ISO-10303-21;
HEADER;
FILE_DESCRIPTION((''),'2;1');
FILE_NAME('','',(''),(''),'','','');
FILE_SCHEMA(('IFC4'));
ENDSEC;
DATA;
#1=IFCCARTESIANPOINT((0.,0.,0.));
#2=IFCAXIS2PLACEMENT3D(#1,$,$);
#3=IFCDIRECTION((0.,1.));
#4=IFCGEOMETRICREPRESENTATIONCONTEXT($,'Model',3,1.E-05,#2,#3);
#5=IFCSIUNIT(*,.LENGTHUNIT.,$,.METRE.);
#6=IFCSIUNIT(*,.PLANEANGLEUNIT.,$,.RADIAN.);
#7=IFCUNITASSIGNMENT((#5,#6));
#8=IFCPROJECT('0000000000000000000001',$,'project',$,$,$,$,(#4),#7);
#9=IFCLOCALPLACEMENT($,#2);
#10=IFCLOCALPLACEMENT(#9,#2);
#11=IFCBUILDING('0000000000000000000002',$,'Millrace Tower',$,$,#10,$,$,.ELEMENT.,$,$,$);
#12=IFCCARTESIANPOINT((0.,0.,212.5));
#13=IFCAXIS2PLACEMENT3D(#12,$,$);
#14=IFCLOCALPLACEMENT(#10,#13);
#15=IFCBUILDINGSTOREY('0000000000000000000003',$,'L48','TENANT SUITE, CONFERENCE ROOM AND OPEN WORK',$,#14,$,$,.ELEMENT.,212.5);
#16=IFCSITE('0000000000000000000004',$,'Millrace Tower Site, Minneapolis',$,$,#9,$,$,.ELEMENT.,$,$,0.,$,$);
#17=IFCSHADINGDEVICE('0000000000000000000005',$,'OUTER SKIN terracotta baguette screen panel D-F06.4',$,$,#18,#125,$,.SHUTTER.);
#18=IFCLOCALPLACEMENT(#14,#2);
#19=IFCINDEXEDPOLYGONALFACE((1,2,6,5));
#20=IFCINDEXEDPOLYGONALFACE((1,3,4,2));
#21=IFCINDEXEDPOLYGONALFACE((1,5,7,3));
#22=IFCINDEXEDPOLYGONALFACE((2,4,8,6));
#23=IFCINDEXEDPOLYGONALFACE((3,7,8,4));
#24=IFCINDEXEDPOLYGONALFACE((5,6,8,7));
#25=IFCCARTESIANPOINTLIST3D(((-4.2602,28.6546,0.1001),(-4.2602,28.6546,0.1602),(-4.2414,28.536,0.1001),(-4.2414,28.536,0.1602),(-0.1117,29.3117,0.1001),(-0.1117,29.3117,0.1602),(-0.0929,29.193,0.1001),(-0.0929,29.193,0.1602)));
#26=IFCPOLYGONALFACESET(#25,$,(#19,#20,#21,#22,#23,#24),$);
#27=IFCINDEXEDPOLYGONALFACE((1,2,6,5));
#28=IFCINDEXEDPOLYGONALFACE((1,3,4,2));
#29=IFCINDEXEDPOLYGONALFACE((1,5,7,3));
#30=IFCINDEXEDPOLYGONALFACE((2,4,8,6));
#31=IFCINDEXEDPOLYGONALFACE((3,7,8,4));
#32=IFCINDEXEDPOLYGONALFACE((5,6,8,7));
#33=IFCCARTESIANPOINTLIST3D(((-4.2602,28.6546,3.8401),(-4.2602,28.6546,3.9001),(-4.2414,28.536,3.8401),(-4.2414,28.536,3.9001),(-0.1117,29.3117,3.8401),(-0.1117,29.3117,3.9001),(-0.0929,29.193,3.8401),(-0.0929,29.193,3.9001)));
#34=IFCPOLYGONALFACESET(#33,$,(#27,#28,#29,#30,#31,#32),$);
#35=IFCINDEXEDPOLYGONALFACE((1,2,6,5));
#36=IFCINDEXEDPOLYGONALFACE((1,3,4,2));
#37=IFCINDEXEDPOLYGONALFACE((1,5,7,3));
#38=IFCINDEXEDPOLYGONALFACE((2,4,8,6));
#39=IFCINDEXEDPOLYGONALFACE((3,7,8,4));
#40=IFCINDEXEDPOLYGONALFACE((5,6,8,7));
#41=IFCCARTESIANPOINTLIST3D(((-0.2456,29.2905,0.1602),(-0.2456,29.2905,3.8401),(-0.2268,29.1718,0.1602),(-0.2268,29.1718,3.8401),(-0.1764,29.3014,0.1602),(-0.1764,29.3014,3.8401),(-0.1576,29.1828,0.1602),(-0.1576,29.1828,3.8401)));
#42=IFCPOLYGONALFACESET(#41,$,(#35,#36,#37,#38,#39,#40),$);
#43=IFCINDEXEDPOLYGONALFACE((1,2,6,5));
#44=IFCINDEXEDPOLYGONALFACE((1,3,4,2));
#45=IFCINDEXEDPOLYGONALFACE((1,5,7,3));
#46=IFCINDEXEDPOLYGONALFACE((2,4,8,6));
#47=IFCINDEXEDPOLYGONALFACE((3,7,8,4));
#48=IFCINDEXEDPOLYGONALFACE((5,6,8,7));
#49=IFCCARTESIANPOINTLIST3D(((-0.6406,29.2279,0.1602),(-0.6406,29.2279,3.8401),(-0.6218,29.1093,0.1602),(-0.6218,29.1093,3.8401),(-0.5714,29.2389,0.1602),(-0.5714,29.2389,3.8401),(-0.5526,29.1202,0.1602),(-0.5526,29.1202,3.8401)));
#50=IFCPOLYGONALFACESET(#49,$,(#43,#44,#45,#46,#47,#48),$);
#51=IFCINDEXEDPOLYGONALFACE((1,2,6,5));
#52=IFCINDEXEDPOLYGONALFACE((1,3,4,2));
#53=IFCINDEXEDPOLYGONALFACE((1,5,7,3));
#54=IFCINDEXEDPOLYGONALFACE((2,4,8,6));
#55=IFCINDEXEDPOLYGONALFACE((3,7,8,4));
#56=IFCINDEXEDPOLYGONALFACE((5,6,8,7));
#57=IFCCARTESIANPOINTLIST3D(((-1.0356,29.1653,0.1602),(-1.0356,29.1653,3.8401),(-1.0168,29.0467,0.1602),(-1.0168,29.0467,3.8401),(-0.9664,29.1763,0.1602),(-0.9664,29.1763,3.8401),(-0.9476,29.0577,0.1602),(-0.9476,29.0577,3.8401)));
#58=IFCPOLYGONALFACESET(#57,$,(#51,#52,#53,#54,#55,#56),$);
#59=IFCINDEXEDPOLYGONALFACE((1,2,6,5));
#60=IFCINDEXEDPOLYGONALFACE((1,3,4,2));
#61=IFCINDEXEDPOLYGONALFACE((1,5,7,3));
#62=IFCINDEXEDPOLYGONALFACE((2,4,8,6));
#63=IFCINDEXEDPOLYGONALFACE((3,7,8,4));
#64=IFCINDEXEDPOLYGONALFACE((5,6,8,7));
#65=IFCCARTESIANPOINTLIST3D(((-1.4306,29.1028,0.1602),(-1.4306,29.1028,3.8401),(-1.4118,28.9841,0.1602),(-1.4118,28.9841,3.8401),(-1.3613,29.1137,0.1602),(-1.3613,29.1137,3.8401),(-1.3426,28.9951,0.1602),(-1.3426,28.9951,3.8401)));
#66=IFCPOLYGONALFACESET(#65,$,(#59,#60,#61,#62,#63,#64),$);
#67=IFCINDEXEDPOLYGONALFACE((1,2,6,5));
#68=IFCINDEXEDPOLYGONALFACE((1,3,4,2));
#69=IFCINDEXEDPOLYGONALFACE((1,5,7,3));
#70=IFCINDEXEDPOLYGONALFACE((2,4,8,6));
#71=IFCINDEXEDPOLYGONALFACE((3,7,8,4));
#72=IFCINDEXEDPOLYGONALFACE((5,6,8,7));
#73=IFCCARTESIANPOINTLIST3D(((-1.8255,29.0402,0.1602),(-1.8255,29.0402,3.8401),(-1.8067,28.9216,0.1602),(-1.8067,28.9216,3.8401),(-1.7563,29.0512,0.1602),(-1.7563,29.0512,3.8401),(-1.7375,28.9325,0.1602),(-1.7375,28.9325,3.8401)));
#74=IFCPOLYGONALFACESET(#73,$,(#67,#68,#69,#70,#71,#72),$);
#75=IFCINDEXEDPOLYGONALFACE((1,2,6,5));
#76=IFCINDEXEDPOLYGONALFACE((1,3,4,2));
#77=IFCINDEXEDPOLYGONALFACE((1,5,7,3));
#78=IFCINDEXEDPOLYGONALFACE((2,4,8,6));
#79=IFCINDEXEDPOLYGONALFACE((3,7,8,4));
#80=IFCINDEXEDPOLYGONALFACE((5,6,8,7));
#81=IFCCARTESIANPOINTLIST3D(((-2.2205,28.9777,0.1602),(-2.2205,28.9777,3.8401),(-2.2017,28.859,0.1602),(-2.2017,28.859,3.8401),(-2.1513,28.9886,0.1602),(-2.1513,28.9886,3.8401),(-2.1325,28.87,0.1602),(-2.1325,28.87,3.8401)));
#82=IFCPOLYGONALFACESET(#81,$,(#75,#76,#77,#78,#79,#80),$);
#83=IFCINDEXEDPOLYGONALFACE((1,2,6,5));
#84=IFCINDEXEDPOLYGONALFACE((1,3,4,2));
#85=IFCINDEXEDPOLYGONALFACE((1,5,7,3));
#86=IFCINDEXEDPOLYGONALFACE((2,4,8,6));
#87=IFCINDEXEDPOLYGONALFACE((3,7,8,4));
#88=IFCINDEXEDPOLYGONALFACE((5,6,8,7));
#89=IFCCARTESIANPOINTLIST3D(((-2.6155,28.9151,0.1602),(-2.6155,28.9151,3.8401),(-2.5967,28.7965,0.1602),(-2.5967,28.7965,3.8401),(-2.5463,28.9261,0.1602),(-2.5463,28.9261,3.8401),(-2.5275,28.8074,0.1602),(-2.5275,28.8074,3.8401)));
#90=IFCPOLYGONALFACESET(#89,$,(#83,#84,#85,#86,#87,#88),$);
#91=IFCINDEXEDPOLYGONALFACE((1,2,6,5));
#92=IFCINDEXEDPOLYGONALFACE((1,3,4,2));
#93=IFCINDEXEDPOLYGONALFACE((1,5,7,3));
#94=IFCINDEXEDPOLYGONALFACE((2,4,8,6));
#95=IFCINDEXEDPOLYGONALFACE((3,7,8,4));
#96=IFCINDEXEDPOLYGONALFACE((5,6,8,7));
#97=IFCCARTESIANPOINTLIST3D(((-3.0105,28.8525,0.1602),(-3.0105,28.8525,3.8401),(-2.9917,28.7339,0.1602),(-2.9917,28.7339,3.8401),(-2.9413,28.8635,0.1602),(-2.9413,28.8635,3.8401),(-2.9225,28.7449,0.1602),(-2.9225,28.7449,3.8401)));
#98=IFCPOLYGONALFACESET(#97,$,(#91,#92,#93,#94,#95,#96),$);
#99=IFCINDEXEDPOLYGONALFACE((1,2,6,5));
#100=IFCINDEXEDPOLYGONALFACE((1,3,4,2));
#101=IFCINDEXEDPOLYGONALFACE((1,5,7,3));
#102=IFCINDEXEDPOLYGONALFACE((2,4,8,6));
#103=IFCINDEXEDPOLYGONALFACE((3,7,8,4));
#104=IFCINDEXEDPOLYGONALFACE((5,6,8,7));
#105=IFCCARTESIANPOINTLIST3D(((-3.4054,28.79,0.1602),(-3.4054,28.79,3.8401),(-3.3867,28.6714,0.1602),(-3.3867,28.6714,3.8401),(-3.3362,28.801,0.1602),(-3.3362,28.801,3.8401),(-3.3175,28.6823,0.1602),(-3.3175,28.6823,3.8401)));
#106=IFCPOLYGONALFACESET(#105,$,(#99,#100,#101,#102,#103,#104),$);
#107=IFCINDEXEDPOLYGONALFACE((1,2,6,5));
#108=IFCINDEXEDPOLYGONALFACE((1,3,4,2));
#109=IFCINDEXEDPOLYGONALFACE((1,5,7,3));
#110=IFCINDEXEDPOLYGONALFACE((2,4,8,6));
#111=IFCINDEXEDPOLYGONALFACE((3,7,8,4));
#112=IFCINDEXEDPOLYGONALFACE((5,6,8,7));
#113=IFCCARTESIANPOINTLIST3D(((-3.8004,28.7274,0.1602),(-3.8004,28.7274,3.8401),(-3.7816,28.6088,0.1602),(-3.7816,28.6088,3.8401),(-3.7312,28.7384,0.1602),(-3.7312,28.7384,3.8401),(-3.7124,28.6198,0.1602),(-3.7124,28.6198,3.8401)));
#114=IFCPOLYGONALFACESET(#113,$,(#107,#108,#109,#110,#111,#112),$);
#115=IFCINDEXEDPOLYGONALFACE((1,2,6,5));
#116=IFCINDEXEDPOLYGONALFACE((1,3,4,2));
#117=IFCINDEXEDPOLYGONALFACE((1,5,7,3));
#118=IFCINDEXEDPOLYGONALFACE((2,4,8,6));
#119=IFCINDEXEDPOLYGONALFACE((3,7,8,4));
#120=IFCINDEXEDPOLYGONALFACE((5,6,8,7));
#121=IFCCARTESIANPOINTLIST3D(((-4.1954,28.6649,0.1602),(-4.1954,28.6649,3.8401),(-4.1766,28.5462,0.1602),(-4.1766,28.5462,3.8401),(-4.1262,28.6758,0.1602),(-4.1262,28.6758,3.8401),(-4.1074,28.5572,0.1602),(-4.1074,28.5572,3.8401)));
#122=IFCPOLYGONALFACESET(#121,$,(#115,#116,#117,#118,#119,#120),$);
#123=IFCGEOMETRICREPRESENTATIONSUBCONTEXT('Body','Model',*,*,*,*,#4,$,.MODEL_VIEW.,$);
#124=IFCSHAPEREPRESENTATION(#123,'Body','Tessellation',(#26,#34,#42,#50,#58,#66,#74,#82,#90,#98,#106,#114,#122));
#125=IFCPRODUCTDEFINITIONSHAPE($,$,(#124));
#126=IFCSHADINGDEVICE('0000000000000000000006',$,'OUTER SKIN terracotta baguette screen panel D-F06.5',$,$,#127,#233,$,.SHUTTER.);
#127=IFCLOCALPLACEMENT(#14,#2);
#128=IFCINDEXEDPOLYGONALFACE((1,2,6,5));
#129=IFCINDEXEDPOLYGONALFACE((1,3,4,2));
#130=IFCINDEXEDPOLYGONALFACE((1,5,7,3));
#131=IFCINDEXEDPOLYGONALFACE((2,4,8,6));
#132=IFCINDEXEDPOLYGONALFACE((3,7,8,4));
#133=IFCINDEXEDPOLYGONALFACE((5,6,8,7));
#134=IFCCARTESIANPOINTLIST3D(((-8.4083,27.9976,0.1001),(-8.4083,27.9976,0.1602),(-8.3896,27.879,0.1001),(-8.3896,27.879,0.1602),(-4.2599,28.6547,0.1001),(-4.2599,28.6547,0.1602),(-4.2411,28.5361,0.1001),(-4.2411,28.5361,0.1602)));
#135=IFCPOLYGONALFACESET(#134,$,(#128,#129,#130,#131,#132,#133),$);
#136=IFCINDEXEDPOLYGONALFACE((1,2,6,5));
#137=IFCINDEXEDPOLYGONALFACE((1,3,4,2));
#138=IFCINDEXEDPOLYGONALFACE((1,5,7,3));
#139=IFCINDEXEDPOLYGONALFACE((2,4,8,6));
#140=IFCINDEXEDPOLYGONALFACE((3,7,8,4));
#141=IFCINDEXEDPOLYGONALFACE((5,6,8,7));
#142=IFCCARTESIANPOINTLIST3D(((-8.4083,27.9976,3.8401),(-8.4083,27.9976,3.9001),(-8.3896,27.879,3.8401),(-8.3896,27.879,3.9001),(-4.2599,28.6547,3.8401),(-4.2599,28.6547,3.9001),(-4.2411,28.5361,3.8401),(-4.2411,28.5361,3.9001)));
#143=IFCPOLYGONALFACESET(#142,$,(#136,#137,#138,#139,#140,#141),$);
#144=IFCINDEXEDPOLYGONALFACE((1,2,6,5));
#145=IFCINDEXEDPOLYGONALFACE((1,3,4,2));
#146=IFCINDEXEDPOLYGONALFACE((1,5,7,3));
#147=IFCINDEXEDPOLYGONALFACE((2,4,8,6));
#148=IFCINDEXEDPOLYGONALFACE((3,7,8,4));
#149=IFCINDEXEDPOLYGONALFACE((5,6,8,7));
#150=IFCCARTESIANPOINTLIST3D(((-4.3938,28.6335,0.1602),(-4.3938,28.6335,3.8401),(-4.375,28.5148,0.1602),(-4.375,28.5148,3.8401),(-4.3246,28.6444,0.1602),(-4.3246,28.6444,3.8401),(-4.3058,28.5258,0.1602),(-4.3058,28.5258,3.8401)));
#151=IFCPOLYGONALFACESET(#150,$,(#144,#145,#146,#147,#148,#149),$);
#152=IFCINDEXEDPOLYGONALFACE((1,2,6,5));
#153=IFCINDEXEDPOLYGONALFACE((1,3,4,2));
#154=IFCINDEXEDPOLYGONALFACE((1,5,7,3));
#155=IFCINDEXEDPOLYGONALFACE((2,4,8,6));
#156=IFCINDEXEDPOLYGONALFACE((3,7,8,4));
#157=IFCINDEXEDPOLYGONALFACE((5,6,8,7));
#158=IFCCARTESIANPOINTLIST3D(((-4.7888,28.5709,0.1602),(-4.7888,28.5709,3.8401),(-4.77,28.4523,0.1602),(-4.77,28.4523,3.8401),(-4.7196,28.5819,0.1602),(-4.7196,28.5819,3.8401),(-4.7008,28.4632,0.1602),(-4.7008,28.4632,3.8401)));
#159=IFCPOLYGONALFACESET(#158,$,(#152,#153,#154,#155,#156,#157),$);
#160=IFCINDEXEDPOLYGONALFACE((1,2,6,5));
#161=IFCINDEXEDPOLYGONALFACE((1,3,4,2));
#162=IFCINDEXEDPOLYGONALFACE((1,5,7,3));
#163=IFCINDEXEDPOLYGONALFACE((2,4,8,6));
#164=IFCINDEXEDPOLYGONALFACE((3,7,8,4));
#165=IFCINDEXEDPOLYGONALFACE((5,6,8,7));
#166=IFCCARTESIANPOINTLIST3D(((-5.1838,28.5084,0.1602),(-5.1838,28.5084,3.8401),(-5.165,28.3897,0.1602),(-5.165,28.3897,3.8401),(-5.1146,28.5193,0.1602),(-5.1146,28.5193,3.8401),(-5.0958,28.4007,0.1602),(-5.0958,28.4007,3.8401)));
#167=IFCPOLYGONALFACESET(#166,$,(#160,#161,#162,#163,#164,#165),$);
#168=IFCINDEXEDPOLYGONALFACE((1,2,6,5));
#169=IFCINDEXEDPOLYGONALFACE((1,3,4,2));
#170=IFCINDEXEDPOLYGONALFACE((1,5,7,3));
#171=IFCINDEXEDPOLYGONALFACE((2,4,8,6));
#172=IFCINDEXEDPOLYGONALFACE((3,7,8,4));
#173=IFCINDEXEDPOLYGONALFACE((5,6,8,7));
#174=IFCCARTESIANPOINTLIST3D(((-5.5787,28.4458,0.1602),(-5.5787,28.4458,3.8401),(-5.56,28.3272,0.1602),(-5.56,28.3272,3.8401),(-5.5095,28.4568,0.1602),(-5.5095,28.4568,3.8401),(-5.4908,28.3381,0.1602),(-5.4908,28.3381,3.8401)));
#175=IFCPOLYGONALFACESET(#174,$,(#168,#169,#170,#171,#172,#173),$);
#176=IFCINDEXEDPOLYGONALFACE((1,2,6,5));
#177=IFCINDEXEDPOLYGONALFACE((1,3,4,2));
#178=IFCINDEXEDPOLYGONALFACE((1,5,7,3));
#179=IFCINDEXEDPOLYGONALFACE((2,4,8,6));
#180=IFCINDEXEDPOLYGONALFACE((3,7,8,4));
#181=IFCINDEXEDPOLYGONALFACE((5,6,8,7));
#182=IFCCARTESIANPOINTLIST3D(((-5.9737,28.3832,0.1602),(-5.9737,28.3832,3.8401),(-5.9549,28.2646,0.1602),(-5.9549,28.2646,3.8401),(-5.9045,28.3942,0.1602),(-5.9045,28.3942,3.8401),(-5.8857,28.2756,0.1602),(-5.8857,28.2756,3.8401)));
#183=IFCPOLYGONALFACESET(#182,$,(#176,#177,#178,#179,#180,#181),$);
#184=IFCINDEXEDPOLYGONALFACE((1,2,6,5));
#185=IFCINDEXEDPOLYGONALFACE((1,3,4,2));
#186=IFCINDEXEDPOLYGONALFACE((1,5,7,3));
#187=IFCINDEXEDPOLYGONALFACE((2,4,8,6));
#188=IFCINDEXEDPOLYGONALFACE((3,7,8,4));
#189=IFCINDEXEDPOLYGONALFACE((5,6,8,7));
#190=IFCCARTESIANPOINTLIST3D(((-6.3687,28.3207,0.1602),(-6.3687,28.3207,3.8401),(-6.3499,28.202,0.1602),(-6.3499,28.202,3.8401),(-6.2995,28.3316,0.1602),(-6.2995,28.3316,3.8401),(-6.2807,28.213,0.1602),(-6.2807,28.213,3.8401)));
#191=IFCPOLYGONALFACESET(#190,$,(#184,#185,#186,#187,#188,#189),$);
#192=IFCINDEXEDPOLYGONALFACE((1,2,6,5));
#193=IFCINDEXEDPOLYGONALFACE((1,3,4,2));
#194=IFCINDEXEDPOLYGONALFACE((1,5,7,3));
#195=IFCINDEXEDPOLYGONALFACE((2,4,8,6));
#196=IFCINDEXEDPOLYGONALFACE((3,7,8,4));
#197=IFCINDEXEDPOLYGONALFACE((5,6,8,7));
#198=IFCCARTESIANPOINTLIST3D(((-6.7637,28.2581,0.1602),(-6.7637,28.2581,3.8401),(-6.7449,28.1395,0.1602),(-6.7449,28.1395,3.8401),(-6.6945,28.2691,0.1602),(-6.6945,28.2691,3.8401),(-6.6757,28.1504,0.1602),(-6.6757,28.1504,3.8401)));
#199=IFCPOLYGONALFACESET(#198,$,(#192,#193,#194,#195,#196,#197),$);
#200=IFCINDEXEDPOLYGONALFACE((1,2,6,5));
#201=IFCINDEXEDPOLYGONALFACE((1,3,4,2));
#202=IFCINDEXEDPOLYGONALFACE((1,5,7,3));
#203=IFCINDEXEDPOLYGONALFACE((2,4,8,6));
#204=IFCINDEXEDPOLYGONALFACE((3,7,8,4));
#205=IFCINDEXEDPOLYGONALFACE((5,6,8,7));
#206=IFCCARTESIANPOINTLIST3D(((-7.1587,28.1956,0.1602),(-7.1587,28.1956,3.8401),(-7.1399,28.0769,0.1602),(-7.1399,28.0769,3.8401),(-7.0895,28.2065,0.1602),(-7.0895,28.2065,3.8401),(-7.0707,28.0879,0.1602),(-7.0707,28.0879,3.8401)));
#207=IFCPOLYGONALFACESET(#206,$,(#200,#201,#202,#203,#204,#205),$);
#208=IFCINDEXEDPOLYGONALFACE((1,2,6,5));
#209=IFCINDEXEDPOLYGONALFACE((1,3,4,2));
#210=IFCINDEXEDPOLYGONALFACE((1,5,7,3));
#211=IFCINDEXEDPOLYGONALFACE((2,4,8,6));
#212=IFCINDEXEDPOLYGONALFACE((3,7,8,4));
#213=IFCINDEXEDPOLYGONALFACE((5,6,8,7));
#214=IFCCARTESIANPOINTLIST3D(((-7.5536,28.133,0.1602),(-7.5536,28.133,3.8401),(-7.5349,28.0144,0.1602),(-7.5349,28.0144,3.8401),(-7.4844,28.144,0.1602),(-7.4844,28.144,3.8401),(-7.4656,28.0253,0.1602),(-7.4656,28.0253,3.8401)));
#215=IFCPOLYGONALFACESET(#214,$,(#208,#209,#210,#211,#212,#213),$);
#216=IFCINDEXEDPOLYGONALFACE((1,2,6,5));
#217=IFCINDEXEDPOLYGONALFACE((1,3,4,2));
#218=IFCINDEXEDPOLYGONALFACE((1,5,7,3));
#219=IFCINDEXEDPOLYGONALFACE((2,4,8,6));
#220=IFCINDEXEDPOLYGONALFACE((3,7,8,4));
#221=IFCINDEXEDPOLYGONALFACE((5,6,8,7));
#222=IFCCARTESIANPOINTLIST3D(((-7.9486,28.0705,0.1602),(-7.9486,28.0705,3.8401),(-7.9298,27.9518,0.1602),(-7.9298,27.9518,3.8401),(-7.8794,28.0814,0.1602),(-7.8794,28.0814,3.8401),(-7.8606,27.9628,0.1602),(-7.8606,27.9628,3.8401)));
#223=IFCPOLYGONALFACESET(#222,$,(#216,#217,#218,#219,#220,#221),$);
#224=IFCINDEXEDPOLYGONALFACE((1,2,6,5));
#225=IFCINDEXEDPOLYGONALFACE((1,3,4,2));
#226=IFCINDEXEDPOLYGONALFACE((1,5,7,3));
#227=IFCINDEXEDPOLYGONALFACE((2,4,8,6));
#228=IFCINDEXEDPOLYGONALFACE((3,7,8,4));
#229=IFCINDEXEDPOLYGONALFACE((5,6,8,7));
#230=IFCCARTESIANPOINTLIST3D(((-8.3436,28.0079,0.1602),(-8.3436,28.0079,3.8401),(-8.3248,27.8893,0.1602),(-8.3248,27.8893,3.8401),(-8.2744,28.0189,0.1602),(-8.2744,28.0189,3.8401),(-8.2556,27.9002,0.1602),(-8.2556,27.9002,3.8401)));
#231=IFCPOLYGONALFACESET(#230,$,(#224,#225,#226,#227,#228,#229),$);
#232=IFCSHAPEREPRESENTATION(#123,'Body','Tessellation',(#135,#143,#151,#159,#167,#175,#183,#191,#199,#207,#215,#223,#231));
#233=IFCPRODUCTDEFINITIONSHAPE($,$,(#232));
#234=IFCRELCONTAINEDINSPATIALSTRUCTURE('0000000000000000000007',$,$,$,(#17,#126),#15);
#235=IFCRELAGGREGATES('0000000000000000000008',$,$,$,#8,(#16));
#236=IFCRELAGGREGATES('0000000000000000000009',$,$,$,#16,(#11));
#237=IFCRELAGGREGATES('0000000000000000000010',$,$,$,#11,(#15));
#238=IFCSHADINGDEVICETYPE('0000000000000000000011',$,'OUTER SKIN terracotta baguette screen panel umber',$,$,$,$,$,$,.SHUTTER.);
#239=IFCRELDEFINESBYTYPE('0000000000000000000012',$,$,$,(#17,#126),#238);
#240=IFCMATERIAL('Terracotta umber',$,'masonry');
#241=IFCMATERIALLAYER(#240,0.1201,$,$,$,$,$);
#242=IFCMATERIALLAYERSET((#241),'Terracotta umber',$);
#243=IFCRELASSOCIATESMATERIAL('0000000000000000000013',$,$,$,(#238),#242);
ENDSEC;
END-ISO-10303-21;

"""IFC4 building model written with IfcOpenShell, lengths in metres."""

from ifc_helpers import new_model, entity, si_unit, direction, frame, frame_2d, origin, origin_2d, place, context, subcontext, project, spatial, rectangle, extrude, source, transform, mapped, material, layer, layer_set, type_object, element, save


model = new_model("IFC4")

# Units and contexts
model_context = context("Model", 3, precision=1e-05, world=origin(), true_north=direction((0.0, 1.0)))
body_context = subcontext(model_context, "Body", "Model", "MODEL_VIEW")
ifc_project = project(units=[si_unit("LENGTHUNIT", "METRE"), si_unit("PLANEANGLEUNIT", "RADIAN")], contexts=[model_context])

# Site, building, storey
site_placement = place(None, origin())
site = spatial("IfcSite", under=ifc_project, at=site_placement, Name="Millrace Tower Site, Minneapolis", CompositionType="ELEMENT", RefElevation=0.0)
building_placement = place(site_placement, origin())
building = spatial("IfcBuilding", under=site, at=building_placement, Name="Millrace Tower", CompositionType="ELEMENT")
storey_placement = place(building_placement, frame((0.0, 0.0, 212.5)))
storey = spatial("IfcBuildingStorey", under=building, at=storey_placement, Name="L48", Description="TENANT SUITE, CONFERENCE ROOM AND OPEN WORK", CompositionType="ELEMENT", Elevation=212.5)

# Shading devices
ifc_material_1 = material(Name="Terracotta umber", Category="masonry")
ifc_layer_1 = layer(ifc_material_1, 0.1201)
ifc_layer_set_1 = layer_set([ifc_layer_1], Name="Terracotta umber")
shading_device_type = type_object("IfcShadingDeviceType", Name="OUTER SKIN terracotta baguette screen panel umber", PredefinedType="SHUTTER", material=ifc_layer_set_1)
cartesian_point = entity("IfcCartesianPoint", [-2.1001, 0.0601])
shared_polyline = entity("IfcPolyline", [cartesian_point, entity("IfcCartesianPoint", [2.1001, 0.0601]), entity("IfcCartesianPoint", [2.1001, -0.0601]), entity("IfcCartesianPoint", [-2.1001, -0.0601]), cartesian_point])
shared_shape = source(origin(), body_context, "Body", "SweptSolid", [
    entity("IfcExtrudedAreaSolid", entity("IfcArbitraryClosedProfileDef", "AREA", None, shared_polyline), entity("IfcAxis2Placement3D", entity("IfcCartesianPoint", [0.0, 0.0, 0.0])), entity("IfcDirection", [0.0, 0.0, 1.0]), 0.0601),
    entity("IfcExtrudedAreaSolid", entity("IfcArbitraryClosedProfileDef", "AREA", None, shared_polyline), entity("IfcAxis2Placement3D", entity("IfcCartesianPoint", [0.0, 0.0, 3.74])), entity("IfcDirection", [0.0, 0.0, 1.0]), 0.0601),
    extrude(rectangle(XDim=0.0701, YDim=0.1201, at=frame_2d((-1.9995, 0.0))), frame((0.0, 0.0, 0.0601)), (0.0, 0.0, 1.0), 3.6799),
    extrude(rectangle(XDim=0.0701, YDim=0.1201, at=frame_2d((-1.5996, 0.0))), frame((0.0, 0.0, 0.0601)), (0.0, 0.0, 1.0), 3.6799),
    extrude(rectangle(XDim=0.0701, YDim=0.1201, at=frame_2d((-1.1997, 0.0))), frame((0.0, 0.0, 0.0601)), (0.0, 0.0, 1.0), 3.6799),
    extrude(rectangle(XDim=0.0701, YDim=0.1201, at=frame_2d((-0.7998, 0.0))), frame((0.0, 0.0, 0.0601)), (0.0, 0.0, 1.0), 3.6799),
    extrude(rectangle(XDim=0.0701, YDim=0.1201, at=frame_2d((-0.3999, 0.0))), frame((0.0, 0.0, 0.0601)), (0.0, 0.0, 1.0), 3.6799),
    extrude(rectangle(XDim=0.0701, YDim=0.1201, at=origin_2d()), frame((0.0, 0.0, 0.0601)), (0.0, 0.0, 1.0), 3.6799),
    extrude(rectangle(XDim=0.0701, YDim=0.1201, at=frame_2d((0.3999, 0.0))), frame((0.0, 0.0, 0.0601)), (0.0, 0.0, 1.0), 3.6799),
    extrude(rectangle(XDim=0.0701, YDim=0.1201, at=frame_2d((0.7998, 0.0))), frame((0.0, 0.0, 0.0601)), (0.0, 0.0, 1.0), 3.6799),
    extrude(rectangle(XDim=0.0701, YDim=0.1201, at=frame_2d((1.1997, 0.0))), frame((0.0, 0.0, 0.0601)), (0.0, 0.0, 1.0), 3.6799),
    extrude(rectangle(XDim=0.0701, YDim=0.1201, at=frame_2d((1.5996, 0.0))), frame((0.0, 0.0, 0.0601)), (0.0, 0.0, 1.0), 3.6799),
    extrude(rectangle(XDim=0.0701, YDim=0.1201, at=frame_2d((1.9995, 0.0))), frame((0.0, 0.0, 0.0601)), (0.0, 0.0, 1.0), 3.6799),
])
for number, where, z_axis, x_axis, name in (
    (1, (-2.1765, 28.9238, 0.1001), (0.0, 0.0, 1.0), (-0.987688, -0.156434, 0.0), "OUTER SKIN terracotta baguette screen panel D-F06.4"),
    (2, (-6.3247, 28.2668, 0.1001), (0.0, 0.0, 1.0), (-0.987688, -0.156434, 0.0), "OUTER SKIN terracotta baguette screen panel D-F06.5"),
):
    element("IfcShadingDevice", number, at=place(storey_placement, frame(where, z_axis=z_axis, x_axis=x_axis)), inside=storey, type_object=shading_device_type, Name=name, PredefinedType="SHUTTER", context=body_context, shape_type="MappedRepresentation", body=[
        mapped(shared_shape, transform((0.0, 0.0, 0.0), scale=1.0)),
    ])

save(model, "model.ifc")
